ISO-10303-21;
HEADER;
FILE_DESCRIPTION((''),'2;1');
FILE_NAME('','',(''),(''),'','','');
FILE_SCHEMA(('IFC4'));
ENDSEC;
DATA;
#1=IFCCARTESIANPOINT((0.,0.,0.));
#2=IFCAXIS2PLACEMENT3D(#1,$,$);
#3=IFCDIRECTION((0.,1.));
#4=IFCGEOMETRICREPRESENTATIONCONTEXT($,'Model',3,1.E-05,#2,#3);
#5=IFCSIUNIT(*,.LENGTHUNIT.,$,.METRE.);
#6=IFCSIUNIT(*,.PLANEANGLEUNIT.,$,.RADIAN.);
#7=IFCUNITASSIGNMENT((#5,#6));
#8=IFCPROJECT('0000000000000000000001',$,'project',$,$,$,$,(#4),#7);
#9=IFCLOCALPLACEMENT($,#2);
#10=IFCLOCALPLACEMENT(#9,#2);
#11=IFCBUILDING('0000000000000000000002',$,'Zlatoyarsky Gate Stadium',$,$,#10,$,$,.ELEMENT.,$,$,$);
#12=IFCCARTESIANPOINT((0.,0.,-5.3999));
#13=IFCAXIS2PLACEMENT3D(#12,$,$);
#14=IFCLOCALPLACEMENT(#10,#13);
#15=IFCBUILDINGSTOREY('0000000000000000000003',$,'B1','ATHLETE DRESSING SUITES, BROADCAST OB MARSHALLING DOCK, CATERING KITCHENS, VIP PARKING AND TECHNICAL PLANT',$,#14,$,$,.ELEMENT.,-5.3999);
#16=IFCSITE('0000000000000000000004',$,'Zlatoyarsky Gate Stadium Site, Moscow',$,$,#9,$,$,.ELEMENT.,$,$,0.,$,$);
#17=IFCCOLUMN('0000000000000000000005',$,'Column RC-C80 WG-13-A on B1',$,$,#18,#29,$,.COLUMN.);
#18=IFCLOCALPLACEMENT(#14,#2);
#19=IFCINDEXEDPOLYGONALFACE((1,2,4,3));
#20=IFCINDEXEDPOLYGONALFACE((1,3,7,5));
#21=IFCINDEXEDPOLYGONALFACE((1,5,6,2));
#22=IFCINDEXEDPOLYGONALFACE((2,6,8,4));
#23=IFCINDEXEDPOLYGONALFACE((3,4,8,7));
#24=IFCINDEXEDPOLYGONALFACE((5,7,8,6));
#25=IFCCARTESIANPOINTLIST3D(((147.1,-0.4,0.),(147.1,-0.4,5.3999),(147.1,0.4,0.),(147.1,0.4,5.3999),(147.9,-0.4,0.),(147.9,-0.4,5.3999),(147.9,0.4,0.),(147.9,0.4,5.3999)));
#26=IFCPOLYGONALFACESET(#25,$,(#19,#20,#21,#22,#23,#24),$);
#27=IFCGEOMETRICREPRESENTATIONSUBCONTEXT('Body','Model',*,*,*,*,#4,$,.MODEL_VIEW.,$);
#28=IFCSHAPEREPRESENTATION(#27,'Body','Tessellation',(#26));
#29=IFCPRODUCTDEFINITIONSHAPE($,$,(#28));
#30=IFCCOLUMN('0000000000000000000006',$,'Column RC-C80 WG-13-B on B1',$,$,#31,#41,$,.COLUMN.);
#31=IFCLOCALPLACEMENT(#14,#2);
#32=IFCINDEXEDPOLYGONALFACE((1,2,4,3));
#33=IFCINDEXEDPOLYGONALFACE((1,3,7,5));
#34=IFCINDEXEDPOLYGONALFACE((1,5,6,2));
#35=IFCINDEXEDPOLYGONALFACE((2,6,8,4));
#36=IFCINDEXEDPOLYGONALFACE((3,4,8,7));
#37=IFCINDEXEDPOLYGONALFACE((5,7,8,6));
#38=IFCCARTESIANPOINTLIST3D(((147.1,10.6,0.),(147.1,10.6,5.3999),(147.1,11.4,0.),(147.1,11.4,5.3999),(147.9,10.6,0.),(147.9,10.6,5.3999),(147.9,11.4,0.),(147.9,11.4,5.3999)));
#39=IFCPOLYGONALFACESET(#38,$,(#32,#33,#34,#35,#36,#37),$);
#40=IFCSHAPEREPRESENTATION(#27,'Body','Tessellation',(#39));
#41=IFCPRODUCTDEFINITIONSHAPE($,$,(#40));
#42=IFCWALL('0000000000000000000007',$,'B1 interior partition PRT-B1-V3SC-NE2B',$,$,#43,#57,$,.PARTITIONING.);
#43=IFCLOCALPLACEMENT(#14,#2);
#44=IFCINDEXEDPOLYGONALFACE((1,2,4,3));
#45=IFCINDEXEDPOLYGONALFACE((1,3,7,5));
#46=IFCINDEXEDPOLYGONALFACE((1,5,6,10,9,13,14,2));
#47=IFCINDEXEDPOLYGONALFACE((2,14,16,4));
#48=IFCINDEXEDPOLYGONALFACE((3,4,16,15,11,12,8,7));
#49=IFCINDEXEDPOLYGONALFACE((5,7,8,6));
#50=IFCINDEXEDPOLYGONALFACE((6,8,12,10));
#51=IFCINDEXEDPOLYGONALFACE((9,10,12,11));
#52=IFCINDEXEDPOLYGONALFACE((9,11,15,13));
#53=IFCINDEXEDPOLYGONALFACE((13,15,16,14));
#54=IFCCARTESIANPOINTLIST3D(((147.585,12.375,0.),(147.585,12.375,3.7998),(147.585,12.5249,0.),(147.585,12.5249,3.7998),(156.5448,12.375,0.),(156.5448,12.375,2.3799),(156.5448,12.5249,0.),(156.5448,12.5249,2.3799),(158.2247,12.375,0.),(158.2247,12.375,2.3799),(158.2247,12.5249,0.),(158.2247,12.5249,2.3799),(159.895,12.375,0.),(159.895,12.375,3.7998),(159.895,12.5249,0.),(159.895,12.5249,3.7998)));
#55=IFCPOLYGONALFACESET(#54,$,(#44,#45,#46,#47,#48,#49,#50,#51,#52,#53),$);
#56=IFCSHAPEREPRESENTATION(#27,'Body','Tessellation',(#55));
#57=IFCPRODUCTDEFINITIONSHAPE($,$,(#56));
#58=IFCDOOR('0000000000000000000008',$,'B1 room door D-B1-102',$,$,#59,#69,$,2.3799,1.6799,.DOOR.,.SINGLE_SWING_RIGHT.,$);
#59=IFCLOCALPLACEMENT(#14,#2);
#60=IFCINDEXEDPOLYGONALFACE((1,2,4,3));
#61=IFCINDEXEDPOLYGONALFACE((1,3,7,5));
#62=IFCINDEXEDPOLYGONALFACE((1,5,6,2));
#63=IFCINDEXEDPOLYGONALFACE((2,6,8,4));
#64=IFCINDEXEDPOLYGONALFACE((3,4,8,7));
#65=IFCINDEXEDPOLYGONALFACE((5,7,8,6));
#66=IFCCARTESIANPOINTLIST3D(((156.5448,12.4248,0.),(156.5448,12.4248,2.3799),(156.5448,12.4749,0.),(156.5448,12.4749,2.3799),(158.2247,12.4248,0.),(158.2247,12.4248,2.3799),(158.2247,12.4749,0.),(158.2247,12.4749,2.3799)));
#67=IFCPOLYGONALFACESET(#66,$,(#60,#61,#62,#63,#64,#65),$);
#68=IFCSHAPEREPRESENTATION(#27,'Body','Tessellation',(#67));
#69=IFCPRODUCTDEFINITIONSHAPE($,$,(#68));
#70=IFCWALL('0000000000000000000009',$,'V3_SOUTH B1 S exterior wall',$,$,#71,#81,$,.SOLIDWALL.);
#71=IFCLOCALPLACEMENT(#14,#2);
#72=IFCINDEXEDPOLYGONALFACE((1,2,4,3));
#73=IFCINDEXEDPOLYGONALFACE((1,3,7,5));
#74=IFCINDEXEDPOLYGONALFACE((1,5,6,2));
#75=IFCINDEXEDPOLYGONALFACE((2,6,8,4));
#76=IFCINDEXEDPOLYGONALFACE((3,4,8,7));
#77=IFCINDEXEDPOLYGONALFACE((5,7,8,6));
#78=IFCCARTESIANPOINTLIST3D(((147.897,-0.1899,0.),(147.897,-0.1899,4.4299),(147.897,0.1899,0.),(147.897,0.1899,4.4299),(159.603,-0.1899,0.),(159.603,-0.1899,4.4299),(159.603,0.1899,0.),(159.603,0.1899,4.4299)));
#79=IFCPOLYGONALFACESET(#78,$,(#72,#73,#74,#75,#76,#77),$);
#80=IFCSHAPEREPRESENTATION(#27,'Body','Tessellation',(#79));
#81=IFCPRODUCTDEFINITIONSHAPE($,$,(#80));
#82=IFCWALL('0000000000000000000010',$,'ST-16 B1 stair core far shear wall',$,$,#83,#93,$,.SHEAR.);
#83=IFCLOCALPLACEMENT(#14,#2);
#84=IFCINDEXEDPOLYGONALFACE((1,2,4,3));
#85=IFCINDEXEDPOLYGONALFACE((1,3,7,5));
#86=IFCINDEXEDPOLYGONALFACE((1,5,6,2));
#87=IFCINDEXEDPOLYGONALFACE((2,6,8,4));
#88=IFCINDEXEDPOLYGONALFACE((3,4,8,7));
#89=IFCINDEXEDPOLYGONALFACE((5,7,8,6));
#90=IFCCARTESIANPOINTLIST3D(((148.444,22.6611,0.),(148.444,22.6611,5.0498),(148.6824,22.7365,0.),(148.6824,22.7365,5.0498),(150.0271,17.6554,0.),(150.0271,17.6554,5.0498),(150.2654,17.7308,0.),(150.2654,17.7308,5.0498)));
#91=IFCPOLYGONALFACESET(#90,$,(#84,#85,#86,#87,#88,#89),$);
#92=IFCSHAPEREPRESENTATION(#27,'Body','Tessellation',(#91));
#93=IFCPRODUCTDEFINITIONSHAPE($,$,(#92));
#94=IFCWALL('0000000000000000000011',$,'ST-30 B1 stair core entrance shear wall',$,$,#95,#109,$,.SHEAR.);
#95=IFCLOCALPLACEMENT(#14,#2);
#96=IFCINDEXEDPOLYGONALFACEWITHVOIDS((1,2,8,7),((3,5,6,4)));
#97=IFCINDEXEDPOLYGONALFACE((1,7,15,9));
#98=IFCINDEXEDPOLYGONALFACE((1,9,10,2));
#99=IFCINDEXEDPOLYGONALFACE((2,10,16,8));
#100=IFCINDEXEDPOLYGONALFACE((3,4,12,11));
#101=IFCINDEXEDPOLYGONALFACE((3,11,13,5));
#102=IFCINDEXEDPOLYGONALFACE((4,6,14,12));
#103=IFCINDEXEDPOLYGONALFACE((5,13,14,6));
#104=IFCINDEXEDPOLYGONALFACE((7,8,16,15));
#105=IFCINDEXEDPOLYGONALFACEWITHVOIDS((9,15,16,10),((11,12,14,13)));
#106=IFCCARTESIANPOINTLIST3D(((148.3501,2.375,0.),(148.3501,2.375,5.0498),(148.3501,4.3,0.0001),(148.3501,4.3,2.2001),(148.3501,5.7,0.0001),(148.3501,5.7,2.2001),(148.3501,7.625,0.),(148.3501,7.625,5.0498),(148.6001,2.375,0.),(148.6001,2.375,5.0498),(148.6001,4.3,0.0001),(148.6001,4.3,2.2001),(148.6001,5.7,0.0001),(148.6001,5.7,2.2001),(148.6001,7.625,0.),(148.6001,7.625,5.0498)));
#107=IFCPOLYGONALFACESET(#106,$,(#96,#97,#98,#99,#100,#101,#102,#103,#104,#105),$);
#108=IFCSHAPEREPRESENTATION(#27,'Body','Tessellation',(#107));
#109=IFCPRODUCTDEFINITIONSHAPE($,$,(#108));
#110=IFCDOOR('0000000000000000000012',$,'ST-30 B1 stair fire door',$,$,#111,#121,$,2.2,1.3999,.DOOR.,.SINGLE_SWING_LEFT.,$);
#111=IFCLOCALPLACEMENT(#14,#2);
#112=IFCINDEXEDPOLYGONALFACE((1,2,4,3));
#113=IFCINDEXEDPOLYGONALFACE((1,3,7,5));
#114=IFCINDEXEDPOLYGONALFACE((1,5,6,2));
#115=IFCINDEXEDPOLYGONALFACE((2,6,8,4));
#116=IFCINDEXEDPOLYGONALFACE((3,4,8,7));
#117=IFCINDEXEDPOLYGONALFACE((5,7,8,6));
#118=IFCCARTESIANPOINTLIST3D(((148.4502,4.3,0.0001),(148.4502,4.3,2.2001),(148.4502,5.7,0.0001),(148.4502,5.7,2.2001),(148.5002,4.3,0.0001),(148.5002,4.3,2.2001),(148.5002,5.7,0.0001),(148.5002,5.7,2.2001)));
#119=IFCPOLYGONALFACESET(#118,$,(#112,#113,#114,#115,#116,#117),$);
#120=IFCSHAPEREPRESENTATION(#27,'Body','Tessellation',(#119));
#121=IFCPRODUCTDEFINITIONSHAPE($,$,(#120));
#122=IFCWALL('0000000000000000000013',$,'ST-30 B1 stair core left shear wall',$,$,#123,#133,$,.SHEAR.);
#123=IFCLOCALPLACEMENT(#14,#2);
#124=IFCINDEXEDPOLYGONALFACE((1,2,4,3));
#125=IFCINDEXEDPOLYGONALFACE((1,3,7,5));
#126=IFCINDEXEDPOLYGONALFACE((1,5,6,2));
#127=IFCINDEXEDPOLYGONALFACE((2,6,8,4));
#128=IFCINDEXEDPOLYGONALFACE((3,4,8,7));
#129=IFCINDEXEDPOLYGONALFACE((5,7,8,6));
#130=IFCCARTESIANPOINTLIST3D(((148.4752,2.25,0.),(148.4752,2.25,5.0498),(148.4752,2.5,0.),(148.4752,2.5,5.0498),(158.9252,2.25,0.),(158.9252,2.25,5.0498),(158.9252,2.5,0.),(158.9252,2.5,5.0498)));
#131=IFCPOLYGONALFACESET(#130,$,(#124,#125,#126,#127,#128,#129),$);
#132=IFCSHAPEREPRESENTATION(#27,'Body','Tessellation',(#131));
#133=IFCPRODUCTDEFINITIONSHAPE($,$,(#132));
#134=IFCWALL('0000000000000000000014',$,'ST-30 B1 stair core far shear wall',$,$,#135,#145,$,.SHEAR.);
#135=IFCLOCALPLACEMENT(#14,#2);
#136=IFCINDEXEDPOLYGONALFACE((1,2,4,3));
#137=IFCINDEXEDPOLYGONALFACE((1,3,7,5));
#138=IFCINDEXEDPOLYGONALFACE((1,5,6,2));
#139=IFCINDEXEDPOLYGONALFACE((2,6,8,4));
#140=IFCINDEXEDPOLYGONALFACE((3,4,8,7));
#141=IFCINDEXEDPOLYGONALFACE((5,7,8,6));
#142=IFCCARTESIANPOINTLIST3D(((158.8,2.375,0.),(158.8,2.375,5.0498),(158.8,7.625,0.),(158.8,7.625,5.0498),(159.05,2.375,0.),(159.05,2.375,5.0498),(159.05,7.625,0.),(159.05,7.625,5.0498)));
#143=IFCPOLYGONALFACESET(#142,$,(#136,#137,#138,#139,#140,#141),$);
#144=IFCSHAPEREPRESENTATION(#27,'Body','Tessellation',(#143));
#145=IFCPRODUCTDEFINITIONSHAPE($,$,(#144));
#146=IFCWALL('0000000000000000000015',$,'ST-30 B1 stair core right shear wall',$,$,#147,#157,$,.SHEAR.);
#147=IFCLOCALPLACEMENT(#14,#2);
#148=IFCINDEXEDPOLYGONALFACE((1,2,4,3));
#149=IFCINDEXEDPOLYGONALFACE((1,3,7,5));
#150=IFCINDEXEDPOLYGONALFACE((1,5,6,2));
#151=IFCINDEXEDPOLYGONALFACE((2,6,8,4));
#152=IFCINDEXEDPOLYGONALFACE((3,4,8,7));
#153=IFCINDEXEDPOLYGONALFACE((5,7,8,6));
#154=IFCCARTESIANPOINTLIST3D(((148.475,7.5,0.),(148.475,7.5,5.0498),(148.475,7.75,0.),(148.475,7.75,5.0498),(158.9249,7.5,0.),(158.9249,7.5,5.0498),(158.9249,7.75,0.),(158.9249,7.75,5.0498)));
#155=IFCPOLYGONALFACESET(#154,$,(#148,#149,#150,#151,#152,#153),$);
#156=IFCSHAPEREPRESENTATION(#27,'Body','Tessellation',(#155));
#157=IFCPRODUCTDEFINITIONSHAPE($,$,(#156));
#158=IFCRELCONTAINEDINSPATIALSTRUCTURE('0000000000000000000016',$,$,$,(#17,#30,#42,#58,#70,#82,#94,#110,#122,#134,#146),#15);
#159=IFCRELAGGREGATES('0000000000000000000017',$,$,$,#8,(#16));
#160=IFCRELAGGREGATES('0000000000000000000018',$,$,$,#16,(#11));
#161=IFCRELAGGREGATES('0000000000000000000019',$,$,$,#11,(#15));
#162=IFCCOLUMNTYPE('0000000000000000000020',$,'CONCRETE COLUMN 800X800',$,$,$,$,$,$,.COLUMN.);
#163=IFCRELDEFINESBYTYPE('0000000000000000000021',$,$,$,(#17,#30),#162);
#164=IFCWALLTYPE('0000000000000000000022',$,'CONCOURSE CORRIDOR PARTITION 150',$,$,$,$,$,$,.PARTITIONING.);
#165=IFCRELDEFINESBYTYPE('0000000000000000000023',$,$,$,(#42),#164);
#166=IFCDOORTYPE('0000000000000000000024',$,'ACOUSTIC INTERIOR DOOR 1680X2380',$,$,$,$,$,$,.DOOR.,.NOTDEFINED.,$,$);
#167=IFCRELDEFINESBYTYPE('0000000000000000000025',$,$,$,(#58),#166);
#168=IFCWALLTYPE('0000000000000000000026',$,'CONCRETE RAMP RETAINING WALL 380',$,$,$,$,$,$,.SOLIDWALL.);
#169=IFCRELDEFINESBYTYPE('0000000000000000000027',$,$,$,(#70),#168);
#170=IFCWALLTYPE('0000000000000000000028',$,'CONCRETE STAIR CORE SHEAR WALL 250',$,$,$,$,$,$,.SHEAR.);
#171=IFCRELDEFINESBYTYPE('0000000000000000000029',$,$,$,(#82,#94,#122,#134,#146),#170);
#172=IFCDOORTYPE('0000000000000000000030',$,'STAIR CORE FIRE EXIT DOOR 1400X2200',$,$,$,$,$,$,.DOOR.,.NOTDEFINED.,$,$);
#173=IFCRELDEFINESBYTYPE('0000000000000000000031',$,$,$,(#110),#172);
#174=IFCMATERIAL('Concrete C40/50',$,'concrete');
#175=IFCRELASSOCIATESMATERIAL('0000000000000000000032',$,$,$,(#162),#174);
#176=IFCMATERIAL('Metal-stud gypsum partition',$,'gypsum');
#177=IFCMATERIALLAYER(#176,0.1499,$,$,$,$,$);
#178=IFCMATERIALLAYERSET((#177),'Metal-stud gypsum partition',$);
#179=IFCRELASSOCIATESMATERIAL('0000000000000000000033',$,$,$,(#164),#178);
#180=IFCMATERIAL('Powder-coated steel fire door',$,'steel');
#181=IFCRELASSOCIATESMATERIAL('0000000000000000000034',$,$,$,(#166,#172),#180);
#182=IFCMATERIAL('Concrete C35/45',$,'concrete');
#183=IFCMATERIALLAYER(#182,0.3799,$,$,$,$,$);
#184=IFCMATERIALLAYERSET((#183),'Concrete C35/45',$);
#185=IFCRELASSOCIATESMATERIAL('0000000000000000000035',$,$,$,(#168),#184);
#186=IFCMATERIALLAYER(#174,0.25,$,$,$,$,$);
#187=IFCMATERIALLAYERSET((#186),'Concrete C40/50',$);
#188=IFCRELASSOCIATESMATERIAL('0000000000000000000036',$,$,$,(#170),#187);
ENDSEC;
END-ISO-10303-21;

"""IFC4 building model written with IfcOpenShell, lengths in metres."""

from ifc_helpers import new_model, si_unit, direction, frame, frame_2d, origin, origin_2d, place, context, subcontext, project, spatial, rectangle, extrude, material, layer, layer_set, material_profile, profile_set, type_object, element, fill, save


model = new_model("IFC4")

# Units and contexts
model_context = context("Model", 3, precision=1e-05, world=origin(), true_north=direction((0.0, 1.0)))
body_context = subcontext(model_context, "Body", "Model", "MODEL_VIEW")
ifc_project = project(units=[si_unit("LENGTHUNIT", "METRE"), si_unit("PLANEANGLEUNIT", "RADIAN")], contexts=[model_context])

# Site, building, storey
site_placement = place(None, origin())
site = spatial("IfcSite", under=ifc_project, at=site_placement, Name="Zlatoyarsky Gate Stadium Site, Moscow", CompositionType="ELEMENT", RefElevation=0.0)
building_placement = place(site_placement, origin())
building = spatial("IfcBuilding", under=site, at=building_placement, Name="Zlatoyarsky Gate Stadium", CompositionType="ELEMENT")
storey_placement = place(building_placement, frame((0.0, 0.0, -5.3999)))
storey = spatial("IfcBuildingStorey", under=building, at=storey_placement, Name="B1", Description="ATHLETE DRESSING SUITES, BROADCAST OB MARSHALLING DOCK, CATERING KITCHENS, VIP PARKING AND TECHNICAL PLANT", CompositionType="ELEMENT", Elevation=-5.3999)

# Shared definitions
ifc_material_1 = material(Name="Concrete C35/45", Category="concrete")

# Columns
ifc_material_2 = material(Name="Concrete C40/50", Category="concrete")
ifc_material_profile_1 = material_profile(ifc_material_2, rectangle(XDim=0.8, YDim=0.8, at=origin_2d()), Name="RC COL 800X800")
ifc_profile_set_1 = profile_set([ifc_material_profile_1], Name="Concrete C40/50")
column_type_1 = type_object("IfcColumnType", Name="CONCRETE COLUMN 800X800", PredefinedType="COLUMN", material=ifc_profile_set_1)
for number, where, z_axis, x_axis, name in (
    (1, (147.5, 0.0, 0.0), (0.0, 0.0, 1.0), (1.0, 0.0, 0.0), "Column RC-C80 WG-13-A on B1"),
    (2, (147.5, 11.0, 0.0), (0.0, 0.0, 1.0), (1.0, 0.0, 0.0), "Column RC-C80 WG-13-B on B1"),
):
    element("IfcColumn", number, at=place(storey_placement, frame(where, z_axis=z_axis, x_axis=x_axis)), inside=storey, type_object=column_type_1, Name=name, PredefinedType="COLUMN", context=body_context, shape_type="SweptSolid", body=[
        extrude(rectangle(XDim=0.8, YDim=0.8, at=origin_2d()), origin(), (0.0, 0.0, 1.0), 5.3999),
    ])

# Wall, opening, door
ifc_material_3 = material(Name="Metal-stud gypsum partition", Category="gypsum")
ifc_layer_1 = layer(ifc_material_3, 0.1499)
ifc_layer_set_1 = layer_set([ifc_layer_1], Name="Metal-stud gypsum partition")
wall_type_1 = type_object("IfcWallType", Name="CONCOURSE CORRIDOR PARTITION 150", PredefinedType="PARTITIONING", material=ifc_layer_set_1)
wall_1_placement = place(storey_placement, frame((147.585, 12.45, 0.0), z_axis=(0.0, 0.0, 1.0), x_axis=(1.0, 0.0, 0.0)))
wall_1 = element("IfcWall", 3, at=wall_1_placement, inside=storey, type_object=wall_type_1, Name="B1 interior partition PRT-B1-V3SC-NE2B", PredefinedType="PARTITIONING", context=body_context, shape_type="SweptSolid", body=[
    extrude(rectangle(XDim=12.3101, YDim=0.1499, at=frame_2d((6.155, 0.0))), origin(), (0.0, 0.0, 1.0), 3.7998),
])
opening_1_placement = place(wall_1_placement, frame((8.96, 0.0, 0.0)))
opening_1 = element("IfcOpeningElement", 4, at=opening_1_placement, cuts=wall_1, PredefinedType="OPENING", context=body_context, shape_type="SweptSolid", body=[
    extrude(rectangle(XDim=1.6799, YDim=2.3799, at=frame_2d((0.8398, 1.1899))), frame((0.0, 0.085, 0.0), z_axis=(0.0, -1.0, 0.0), x_axis=(1.0, 0.0, 0.0)), (0.0, 0.0, 1.0), 0.1699),
])
ifc_material_4 = material(Name="Powder-coated steel fire door", Category="steel")
door_type_1 = type_object("IfcDoorType", Name="ACOUSTIC INTERIOR DOOR 1680X2380", OperationType="NOTDEFINED", PredefinedType="DOOR", material=ifc_material_4)
door_1_placement = place(opening_1_placement, origin())
door_1 = element("IfcDoor", 5, at=door_1_placement, inside=storey, type_object=door_type_1, Name="B1 room door D-B1-102", OperationType="SINGLE_SWING_RIGHT", OverallHeight=2.3799, OverallWidth=1.6799, PredefinedType="DOOR", context=body_context, shape_type="SweptSolid", body=[
    extrude(rectangle(XDim=1.6799, YDim=2.3799, at=frame_2d((0.8398, 1.1899))), frame((0.0, 0.0249, 0.0), z_axis=(0.0, -1.0, 0.0), x_axis=(1.0, 0.0, 0.0)), (0.0, 0.0, 1.0), 0.05),
])
fill(opening_1, door_1)

# Walls
ifc_layer_2 = layer(ifc_material_1, 0.3799)
ifc_layer_set_2 = layer_set([ifc_layer_2], Name="Concrete C35/45")
wall_type_2 = type_object("IfcWallType", Name="CONCRETE RAMP RETAINING WALL 380", PredefinedType="SOLIDWALL", material=ifc_layer_set_2)
wall_2_placement = place(storey_placement, frame((147.897, 0.0, 0.0), z_axis=(0.0, 0.0, 1.0), x_axis=(1.0, 0.0, 0.0)))
element("IfcWall", 6, at=wall_2_placement, inside=storey, type_object=wall_type_2, Name="V3_SOUTH B1 S exterior wall", PredefinedType="SOLIDWALL", context=body_context, shape_type="SweptSolid", body=[
    extrude(rectangle(XDim=11.7061, YDim=0.3799, at=frame_2d((5.853, 0.0))), origin(), (0.0, 0.0, 1.0), 4.4299),
])
ifc_layer_3 = layer(ifc_material_2, 0.25)
ifc_layer_set_3 = layer_set([ifc_layer_3], Name="Concrete C40/50")
wall_type_3 = type_object("IfcWallType", Name="CONCRETE STAIR CORE SHEAR WALL 250", PredefinedType="SHEAR", material=ifc_layer_set_3)
wall_3_placement = place(storey_placement, frame((150.1462, 17.6931, 0.0), z_axis=(0.0, 0.0, 1.0), x_axis=(-0.301527, 0.953457, 0.0)))
element("IfcWall", 7, at=wall_3_placement, inside=storey, type_object=wall_type_3, Name="ST-16 B1 stair core far shear wall", PredefinedType="SHEAR", context=body_context, shape_type="SweptSolid", body=[
    extrude(rectangle(XDim=5.25, YDim=0.25, at=frame_2d((2.625, 0.0))), origin(), (0.0, 0.0, 1.0), 5.0498),
])

# Wall, opening, door
wall_4_placement = place(storey_placement, frame((148.4751, 7.625, 0.0), z_axis=(0.0, 0.0, 1.0), x_axis=(0.0, -1.0, 0.0)))
wall_4 = element("IfcWall", 8, at=wall_4_placement, inside=storey, type_object=wall_type_3, Name="ST-30 B1 stair core entrance shear wall", PredefinedType="SHEAR", context=body_context, shape_type="SweptSolid", body=[
    extrude(rectangle(XDim=5.25, YDim=0.25, at=frame_2d((2.625, 0.0))), origin(), (0.0, 0.0, 1.0), 5.0498),
])
opening_2_placement = place(wall_4_placement, frame((1.925, 0.0, 0.0)))
opening_2 = element("IfcOpeningElement", 9, at=opening_2_placement, cuts=wall_4, PredefinedType="OPENING", context=body_context, shape_type="SweptSolid", body=[
    extrude(rectangle(XDim=1.3999, YDim=2.2, at=frame_2d((0.7, 1.1001))), frame((0.0, 0.135, 0.0), z_axis=(0.0, -1.0, 0.0), x_axis=(1.0, 0.0, 0.0)), (0.0, 0.0, 1.0), 0.27),
])
door_type_2 = type_object("IfcDoorType", Name="STAIR CORE FIRE EXIT DOOR 1400X2200", OperationType="NOTDEFINED", PredefinedType="DOOR", material=ifc_material_4)
door_2_placement = place(opening_2_placement, frame((1.3999, 0.0, 0.0), z_axis=(0.0, 0.0, 1.0), x_axis=(-1.0, 0.0, 0.0)))
door_2 = element("IfcDoor", 10, at=door_2_placement, inside=storey, type_object=door_type_2, Name="ST-30 B1 stair fire door", OperationType="SINGLE_SWING_LEFT", OverallHeight=2.2, OverallWidth=1.3999, PredefinedType="DOOR", context=body_context, shape_type="SweptSolid", body=[
    extrude(rectangle(XDim=1.3999, YDim=2.2, at=frame_2d((0.7, 1.1001))), frame((0.0, 0.0249, 0.0), z_axis=(0.0, -1.0, 0.0), x_axis=(1.0, 0.0, 0.0)), (0.0, 0.0, 1.0), 0.05),
])
fill(opening_2, door_2)

# Walls
wall_5_placement = place(storey_placement, frame((148.4751, 2.375, 0.0), z_axis=(0.0, 0.0, 1.0), x_axis=(1.0, 0.0, 0.0)))
element("IfcWall", 11, at=wall_5_placement, inside=storey, type_object=wall_type_3, Name="ST-30 B1 stair core left shear wall", PredefinedType="SHEAR", context=body_context, shape_type="SweptSolid", body=[
    extrude(rectangle(XDim=10.45, YDim=0.25, at=frame_2d((5.2251, 0.0))), origin(), (0.0, 0.0, 1.0), 5.0498),
])
wall_6_placement = place(storey_placement, frame((158.925, 2.375, 0.0), z_axis=(0.0, 0.0, 1.0), x_axis=(0.0, 1.0, 0.0)))
element("IfcWall", 12, at=wall_6_placement, inside=storey, type_object=wall_type_3, Name="ST-30 B1 stair core far shear wall", PredefinedType="SHEAR", context=body_context, shape_type="SweptSolid", body=[
    extrude(rectangle(XDim=5.25, YDim=0.25, at=frame_2d((2.625, 0.0))), origin(), (0.0, 0.0, 1.0), 5.0498),
])
wall_7_placement = place(storey_placement, frame((158.925, 7.625, 0.0), z_axis=(0.0, 0.0, 1.0), x_axis=(-1.0, 0.0, 0.0)))
element("IfcWall", 13, at=wall_7_placement, inside=storey, type_object=wall_type_3, Name="ST-30 B1 stair core right shear wall", PredefinedType="SHEAR", context=body_context, shape_type="SweptSolid", body=[
    extrude(rectangle(XDim=10.45, YDim=0.25, at=frame_2d((5.2251, 0.0))), origin(), (0.0, 0.0, 1.0), 5.0498),
])

save(model, "model.ifc")
